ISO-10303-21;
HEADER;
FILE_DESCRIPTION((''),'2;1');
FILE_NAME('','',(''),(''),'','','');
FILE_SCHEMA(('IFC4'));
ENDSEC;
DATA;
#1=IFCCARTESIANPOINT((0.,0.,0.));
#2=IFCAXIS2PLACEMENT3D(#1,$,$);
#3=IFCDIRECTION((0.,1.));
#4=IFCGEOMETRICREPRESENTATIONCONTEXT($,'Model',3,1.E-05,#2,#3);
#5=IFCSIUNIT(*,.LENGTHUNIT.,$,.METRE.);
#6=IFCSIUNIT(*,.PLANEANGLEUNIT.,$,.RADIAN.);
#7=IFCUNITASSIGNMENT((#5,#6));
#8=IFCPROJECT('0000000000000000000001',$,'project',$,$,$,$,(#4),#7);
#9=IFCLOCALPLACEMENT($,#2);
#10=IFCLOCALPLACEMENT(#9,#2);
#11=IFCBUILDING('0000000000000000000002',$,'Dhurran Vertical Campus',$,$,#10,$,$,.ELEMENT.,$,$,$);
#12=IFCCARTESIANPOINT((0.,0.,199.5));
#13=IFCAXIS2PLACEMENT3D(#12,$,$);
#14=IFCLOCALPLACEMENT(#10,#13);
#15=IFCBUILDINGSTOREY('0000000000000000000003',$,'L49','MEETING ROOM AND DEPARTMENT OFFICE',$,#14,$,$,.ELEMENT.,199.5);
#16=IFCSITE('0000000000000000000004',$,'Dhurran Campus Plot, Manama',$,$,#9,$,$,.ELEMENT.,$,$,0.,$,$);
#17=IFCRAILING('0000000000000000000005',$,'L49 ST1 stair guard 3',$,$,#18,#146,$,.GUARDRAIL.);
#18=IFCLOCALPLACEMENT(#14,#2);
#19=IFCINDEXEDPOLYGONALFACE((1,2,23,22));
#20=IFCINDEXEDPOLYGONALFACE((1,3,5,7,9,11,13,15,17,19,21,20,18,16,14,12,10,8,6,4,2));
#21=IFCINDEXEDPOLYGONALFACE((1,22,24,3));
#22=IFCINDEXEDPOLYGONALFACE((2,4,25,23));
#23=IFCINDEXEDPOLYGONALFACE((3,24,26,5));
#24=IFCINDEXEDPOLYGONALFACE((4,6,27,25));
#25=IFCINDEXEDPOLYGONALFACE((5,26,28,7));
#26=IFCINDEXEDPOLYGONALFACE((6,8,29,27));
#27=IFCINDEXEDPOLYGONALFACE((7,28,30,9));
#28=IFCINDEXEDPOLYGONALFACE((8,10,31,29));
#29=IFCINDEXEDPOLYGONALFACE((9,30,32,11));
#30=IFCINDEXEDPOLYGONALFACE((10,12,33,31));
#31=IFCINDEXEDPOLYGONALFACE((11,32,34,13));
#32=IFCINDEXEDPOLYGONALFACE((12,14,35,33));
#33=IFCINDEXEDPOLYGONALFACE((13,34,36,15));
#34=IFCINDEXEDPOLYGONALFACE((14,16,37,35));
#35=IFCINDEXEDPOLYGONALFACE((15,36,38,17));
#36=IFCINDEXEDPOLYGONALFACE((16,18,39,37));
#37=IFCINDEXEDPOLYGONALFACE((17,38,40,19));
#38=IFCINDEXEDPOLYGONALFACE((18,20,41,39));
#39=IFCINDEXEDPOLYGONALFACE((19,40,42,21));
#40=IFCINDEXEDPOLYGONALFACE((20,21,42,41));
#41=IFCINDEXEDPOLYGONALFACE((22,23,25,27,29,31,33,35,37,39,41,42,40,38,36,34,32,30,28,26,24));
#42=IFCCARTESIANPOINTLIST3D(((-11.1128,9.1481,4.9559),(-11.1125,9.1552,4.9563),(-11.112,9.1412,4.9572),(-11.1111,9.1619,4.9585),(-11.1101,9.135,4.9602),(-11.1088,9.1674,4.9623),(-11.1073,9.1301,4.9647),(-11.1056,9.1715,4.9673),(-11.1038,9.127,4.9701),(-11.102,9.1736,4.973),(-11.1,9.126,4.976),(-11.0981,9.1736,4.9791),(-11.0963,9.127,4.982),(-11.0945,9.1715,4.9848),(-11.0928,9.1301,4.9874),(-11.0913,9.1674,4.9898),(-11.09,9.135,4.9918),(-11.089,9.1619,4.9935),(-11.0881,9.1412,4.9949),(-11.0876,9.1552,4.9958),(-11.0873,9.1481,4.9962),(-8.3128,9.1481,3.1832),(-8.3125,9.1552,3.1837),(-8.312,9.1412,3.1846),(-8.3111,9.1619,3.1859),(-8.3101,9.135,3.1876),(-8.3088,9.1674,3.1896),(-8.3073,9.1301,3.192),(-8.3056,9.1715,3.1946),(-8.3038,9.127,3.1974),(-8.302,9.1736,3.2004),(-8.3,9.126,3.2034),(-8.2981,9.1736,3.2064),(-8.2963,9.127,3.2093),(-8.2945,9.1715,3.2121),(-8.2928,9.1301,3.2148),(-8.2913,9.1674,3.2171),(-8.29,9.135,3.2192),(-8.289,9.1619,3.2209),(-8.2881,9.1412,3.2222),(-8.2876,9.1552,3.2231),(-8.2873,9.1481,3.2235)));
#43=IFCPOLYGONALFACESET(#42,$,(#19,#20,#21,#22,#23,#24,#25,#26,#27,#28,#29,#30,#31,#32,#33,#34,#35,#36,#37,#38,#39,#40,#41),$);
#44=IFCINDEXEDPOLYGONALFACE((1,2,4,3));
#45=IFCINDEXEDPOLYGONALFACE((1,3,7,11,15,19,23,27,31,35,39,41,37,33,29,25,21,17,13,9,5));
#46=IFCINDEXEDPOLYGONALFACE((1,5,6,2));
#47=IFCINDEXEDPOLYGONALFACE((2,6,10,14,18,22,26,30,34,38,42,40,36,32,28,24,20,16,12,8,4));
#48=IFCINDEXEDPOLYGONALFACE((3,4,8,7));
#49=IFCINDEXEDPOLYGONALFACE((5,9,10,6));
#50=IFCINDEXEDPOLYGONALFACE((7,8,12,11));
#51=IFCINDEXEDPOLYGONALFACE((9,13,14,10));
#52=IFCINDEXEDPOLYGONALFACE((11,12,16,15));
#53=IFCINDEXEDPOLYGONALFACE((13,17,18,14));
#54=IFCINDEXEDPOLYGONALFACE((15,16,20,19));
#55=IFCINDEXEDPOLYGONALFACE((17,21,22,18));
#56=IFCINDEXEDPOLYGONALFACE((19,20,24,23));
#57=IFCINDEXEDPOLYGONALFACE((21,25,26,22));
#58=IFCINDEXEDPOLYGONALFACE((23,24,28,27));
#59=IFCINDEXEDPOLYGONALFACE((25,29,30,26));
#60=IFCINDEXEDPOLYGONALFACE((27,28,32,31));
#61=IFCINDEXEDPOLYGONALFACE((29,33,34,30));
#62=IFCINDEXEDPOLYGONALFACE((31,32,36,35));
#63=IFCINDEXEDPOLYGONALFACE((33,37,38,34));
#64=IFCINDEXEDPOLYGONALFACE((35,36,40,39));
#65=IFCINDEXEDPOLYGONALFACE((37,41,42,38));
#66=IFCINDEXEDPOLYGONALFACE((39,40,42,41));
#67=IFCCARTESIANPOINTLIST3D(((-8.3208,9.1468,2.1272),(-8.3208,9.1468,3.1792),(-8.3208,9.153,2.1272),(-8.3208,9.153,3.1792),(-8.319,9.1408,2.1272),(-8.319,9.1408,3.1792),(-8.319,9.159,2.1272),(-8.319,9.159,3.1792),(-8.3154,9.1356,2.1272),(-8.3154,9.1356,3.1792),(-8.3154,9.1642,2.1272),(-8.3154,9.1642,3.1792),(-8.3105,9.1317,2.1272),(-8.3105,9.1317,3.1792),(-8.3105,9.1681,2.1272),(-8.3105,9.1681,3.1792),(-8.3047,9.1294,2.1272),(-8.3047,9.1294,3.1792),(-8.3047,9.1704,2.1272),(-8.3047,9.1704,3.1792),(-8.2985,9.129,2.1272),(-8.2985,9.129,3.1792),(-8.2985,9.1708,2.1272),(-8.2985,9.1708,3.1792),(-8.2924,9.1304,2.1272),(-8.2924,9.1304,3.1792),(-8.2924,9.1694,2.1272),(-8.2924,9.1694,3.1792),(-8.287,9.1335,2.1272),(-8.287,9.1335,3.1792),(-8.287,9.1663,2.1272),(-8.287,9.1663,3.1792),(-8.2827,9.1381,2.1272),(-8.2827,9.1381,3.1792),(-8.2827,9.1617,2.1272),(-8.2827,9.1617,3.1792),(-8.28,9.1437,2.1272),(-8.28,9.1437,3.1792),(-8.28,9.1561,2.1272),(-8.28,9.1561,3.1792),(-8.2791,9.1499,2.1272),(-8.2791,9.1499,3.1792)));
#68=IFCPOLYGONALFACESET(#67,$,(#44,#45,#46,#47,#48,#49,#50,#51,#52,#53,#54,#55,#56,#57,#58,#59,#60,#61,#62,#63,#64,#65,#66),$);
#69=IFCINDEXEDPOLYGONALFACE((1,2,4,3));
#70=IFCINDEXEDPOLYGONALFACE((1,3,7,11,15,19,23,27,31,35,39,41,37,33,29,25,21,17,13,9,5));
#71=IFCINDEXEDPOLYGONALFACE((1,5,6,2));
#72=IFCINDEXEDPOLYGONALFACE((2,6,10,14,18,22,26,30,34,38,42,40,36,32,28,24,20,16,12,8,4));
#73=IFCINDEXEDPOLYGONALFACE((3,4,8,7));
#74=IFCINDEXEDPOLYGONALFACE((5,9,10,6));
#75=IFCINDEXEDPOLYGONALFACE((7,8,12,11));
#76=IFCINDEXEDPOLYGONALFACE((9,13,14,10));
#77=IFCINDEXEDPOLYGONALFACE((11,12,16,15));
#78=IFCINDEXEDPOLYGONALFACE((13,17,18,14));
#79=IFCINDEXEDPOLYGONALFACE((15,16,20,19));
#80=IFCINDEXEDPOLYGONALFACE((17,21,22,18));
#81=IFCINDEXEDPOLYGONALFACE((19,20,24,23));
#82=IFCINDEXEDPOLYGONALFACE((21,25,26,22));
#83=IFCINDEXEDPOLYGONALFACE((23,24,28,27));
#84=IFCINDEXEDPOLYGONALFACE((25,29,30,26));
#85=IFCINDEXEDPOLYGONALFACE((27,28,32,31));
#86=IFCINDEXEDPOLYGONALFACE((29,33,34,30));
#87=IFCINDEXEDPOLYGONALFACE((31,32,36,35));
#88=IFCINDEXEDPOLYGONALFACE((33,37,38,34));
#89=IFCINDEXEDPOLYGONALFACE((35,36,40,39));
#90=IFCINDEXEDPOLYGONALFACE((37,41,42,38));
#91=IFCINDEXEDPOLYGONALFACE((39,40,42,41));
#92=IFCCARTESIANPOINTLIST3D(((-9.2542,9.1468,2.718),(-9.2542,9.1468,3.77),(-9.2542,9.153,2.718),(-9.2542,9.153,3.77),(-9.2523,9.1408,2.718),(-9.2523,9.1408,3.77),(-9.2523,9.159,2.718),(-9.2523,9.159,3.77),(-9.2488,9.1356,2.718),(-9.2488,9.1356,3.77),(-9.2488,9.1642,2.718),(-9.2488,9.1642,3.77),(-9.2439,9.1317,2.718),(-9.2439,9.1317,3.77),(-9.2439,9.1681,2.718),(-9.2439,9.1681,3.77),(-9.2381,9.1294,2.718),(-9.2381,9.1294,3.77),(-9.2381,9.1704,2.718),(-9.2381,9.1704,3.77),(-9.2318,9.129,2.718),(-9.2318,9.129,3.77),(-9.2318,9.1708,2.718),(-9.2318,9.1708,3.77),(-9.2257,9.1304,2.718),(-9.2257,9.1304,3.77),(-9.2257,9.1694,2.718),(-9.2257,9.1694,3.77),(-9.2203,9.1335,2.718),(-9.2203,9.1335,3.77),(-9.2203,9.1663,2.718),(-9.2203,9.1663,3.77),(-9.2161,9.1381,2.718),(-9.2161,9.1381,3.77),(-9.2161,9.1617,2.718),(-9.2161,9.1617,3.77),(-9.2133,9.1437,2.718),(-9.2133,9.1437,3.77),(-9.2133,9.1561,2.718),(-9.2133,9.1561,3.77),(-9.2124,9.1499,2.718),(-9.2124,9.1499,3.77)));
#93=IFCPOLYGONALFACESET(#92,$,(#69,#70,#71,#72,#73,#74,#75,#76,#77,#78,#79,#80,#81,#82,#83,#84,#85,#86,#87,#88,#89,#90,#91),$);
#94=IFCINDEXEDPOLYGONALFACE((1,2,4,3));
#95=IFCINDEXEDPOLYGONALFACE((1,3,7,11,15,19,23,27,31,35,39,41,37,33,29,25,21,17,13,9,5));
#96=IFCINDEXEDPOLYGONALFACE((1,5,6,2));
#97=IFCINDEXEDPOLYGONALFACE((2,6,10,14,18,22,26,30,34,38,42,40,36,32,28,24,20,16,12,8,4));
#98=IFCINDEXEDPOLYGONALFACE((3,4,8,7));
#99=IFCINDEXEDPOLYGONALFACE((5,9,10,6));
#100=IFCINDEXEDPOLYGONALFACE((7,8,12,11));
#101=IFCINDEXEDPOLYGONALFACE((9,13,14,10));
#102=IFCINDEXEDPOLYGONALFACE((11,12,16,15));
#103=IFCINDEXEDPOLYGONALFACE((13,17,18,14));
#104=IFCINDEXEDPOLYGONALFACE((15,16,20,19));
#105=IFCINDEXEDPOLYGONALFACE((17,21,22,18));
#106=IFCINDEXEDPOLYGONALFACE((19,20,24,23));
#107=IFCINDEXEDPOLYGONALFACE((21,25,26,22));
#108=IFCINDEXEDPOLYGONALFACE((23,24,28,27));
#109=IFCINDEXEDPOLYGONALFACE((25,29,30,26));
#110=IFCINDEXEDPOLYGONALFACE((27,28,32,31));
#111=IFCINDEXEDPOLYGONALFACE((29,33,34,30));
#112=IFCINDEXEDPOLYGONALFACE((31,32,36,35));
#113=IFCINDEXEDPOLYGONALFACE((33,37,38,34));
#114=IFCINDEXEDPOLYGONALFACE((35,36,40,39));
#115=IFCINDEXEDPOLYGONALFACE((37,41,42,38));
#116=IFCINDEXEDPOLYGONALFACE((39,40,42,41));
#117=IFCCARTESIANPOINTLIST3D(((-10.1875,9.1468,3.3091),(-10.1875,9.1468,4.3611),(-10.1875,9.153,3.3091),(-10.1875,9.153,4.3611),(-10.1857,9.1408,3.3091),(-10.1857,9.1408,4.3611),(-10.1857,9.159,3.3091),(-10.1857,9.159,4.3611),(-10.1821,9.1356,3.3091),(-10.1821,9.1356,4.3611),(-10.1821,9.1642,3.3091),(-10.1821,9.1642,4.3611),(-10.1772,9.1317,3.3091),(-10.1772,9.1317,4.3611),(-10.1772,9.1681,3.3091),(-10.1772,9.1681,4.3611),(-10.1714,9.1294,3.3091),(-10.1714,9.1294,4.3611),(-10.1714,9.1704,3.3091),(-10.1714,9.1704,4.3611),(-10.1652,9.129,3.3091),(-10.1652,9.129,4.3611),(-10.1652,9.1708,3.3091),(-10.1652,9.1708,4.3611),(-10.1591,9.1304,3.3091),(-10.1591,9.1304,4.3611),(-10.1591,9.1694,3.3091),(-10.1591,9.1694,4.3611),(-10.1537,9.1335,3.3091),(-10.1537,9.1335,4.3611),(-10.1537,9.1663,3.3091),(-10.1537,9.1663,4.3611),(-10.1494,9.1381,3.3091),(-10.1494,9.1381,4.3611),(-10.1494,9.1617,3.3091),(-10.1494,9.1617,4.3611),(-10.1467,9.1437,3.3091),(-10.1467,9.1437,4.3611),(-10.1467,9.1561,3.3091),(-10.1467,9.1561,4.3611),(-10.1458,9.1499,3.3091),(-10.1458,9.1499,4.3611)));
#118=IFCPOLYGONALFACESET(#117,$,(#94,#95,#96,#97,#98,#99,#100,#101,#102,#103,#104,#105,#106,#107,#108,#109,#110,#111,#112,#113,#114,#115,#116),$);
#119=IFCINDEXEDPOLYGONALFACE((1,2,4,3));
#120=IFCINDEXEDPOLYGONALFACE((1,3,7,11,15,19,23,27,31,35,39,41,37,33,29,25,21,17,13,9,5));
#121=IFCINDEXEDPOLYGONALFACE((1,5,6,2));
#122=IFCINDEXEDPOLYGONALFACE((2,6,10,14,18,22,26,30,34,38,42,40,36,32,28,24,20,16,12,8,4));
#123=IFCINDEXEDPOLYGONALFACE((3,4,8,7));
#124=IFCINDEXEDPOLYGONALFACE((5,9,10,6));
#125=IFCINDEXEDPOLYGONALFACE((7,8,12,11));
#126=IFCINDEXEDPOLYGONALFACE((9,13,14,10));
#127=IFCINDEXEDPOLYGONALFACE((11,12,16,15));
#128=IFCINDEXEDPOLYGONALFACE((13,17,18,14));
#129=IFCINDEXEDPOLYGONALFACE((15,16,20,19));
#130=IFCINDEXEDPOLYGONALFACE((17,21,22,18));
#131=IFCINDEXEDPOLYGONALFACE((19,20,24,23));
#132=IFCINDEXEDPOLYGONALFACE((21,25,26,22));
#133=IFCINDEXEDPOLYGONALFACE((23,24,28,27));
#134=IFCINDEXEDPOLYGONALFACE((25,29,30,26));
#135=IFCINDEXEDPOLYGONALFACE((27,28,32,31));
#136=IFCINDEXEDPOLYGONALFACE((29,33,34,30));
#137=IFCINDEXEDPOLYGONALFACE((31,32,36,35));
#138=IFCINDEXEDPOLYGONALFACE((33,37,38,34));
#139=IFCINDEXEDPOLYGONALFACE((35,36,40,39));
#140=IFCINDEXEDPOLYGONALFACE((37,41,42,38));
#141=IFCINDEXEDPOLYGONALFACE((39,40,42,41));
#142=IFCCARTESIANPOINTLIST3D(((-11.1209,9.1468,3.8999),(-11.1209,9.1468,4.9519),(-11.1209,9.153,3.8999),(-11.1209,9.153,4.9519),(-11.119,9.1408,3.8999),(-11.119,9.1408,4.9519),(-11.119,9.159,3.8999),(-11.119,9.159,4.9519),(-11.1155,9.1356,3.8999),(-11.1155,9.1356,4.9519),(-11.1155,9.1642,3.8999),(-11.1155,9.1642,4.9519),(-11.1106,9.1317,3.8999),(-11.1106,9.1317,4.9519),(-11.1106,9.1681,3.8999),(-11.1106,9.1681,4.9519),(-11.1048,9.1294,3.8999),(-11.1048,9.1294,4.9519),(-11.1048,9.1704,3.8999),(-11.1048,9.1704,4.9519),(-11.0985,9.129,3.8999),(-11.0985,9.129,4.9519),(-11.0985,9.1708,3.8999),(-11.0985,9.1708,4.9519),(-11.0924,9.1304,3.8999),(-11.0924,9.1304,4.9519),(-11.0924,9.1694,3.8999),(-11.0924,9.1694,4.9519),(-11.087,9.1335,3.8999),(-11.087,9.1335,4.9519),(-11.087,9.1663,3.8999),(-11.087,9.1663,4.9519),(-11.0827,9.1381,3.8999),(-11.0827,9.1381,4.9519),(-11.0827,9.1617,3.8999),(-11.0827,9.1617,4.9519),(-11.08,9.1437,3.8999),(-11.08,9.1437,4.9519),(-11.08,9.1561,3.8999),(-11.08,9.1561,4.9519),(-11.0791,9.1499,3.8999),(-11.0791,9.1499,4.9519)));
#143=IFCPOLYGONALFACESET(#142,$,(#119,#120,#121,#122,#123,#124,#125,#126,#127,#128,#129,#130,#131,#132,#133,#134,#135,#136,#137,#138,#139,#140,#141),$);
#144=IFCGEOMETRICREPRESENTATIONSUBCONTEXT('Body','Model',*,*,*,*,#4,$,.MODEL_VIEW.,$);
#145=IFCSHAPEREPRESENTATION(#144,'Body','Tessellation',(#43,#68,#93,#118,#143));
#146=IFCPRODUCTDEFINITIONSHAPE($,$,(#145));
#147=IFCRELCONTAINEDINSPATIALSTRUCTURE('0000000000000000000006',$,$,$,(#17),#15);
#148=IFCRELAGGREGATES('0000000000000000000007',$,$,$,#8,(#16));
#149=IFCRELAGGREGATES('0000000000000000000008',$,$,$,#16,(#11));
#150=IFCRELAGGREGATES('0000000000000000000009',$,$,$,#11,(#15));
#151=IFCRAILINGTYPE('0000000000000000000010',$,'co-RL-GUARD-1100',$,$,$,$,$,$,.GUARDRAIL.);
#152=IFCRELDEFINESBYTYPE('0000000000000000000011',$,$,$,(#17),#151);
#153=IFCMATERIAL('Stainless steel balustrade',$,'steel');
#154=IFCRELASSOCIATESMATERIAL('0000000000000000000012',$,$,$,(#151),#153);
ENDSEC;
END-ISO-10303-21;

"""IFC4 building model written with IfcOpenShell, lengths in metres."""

from ifc_helpers import new_model, si_unit, direction, frame, origin, origin_2d, place, context, subcontext, project, spatial, circle, extrude, material, type_object, element, save


model = new_model("IFC4")

# Units and contexts
model_context = context("Model", 3, precision=1e-05, world=origin(), true_north=direction((0.0, 1.0)))
body_context = subcontext(model_context, "Body", "Model", "MODEL_VIEW")
ifc_project = project(units=[si_unit("LENGTHUNIT", "METRE"), si_unit("PLANEANGLEUNIT", "RADIAN")], contexts=[model_context])

# Site, building, storey
site_placement = place(None, origin())
site = spatial("IfcSite", under=ifc_project, at=site_placement, Name="Dhurran Campus Plot, Manama", CompositionType="ELEMENT", RefElevation=0.0)
building_placement = place(site_placement, origin())
building = spatial("IfcBuilding", under=site, at=building_placement, Name="Dhurran Vertical Campus", CompositionType="ELEMENT")
storey_placement = place(building_placement, frame((0.0, 0.0, 199.5)))
storey = spatial("IfcBuildingStorey", under=building, at=storey_placement, Name="L49", Description="MEETING ROOM AND DEPARTMENT OFFICE", CompositionType="ELEMENT", Elevation=199.5)

# Railing
ifc_material_1 = material(Name="Stainless steel balustrade", Category="steel")
railing_type_1 = type_object("IfcRailingType", Name="co-RL-GUARD-1100", PredefinedType="GUARDRAIL", material=ifc_material_1)
railing_1_placement = place(storey_placement, frame((-8.3, 9.1499, 2.1272)))
element("IfcRailing", 1, at=railing_1_placement, inside=storey, type_object=railing_type_1, Name="L49 ST1 stair guard 3", PredefinedType="GUARDRAIL", context=body_context, shape_type="SweptSolid", body=[
    extrude(circle(Radius=0.0239, at=origin_2d()), frame((0.0, 0.0, 1.0762), z_axis=(-0.844909, 0.0, 0.53491), x_axis=(0.0, -1.0, 0.0)), (0.0, 0.0, 1.0), 3.314),
    extrude(circle(Radius=0.021, at=origin_2d()), origin(), (0.0, 0.0, 1.0), 1.052),
    extrude(circle(Radius=0.021, at=origin_2d()), frame((-0.9333, 0.0, 0.5908)), (0.0, 0.0, 1.0), 1.052),
    extrude(circle(Radius=0.021, at=origin_2d()), frame((-1.8667, 0.0, 1.1819)), (0.0, 0.0, 1.0), 1.052),
    extrude(circle(Radius=0.021, at=origin_2d()), frame((-2.8, 0.0, 1.7727)), (0.0, 0.0, 1.0), 1.052),
])

save(model, "model.ifc")
